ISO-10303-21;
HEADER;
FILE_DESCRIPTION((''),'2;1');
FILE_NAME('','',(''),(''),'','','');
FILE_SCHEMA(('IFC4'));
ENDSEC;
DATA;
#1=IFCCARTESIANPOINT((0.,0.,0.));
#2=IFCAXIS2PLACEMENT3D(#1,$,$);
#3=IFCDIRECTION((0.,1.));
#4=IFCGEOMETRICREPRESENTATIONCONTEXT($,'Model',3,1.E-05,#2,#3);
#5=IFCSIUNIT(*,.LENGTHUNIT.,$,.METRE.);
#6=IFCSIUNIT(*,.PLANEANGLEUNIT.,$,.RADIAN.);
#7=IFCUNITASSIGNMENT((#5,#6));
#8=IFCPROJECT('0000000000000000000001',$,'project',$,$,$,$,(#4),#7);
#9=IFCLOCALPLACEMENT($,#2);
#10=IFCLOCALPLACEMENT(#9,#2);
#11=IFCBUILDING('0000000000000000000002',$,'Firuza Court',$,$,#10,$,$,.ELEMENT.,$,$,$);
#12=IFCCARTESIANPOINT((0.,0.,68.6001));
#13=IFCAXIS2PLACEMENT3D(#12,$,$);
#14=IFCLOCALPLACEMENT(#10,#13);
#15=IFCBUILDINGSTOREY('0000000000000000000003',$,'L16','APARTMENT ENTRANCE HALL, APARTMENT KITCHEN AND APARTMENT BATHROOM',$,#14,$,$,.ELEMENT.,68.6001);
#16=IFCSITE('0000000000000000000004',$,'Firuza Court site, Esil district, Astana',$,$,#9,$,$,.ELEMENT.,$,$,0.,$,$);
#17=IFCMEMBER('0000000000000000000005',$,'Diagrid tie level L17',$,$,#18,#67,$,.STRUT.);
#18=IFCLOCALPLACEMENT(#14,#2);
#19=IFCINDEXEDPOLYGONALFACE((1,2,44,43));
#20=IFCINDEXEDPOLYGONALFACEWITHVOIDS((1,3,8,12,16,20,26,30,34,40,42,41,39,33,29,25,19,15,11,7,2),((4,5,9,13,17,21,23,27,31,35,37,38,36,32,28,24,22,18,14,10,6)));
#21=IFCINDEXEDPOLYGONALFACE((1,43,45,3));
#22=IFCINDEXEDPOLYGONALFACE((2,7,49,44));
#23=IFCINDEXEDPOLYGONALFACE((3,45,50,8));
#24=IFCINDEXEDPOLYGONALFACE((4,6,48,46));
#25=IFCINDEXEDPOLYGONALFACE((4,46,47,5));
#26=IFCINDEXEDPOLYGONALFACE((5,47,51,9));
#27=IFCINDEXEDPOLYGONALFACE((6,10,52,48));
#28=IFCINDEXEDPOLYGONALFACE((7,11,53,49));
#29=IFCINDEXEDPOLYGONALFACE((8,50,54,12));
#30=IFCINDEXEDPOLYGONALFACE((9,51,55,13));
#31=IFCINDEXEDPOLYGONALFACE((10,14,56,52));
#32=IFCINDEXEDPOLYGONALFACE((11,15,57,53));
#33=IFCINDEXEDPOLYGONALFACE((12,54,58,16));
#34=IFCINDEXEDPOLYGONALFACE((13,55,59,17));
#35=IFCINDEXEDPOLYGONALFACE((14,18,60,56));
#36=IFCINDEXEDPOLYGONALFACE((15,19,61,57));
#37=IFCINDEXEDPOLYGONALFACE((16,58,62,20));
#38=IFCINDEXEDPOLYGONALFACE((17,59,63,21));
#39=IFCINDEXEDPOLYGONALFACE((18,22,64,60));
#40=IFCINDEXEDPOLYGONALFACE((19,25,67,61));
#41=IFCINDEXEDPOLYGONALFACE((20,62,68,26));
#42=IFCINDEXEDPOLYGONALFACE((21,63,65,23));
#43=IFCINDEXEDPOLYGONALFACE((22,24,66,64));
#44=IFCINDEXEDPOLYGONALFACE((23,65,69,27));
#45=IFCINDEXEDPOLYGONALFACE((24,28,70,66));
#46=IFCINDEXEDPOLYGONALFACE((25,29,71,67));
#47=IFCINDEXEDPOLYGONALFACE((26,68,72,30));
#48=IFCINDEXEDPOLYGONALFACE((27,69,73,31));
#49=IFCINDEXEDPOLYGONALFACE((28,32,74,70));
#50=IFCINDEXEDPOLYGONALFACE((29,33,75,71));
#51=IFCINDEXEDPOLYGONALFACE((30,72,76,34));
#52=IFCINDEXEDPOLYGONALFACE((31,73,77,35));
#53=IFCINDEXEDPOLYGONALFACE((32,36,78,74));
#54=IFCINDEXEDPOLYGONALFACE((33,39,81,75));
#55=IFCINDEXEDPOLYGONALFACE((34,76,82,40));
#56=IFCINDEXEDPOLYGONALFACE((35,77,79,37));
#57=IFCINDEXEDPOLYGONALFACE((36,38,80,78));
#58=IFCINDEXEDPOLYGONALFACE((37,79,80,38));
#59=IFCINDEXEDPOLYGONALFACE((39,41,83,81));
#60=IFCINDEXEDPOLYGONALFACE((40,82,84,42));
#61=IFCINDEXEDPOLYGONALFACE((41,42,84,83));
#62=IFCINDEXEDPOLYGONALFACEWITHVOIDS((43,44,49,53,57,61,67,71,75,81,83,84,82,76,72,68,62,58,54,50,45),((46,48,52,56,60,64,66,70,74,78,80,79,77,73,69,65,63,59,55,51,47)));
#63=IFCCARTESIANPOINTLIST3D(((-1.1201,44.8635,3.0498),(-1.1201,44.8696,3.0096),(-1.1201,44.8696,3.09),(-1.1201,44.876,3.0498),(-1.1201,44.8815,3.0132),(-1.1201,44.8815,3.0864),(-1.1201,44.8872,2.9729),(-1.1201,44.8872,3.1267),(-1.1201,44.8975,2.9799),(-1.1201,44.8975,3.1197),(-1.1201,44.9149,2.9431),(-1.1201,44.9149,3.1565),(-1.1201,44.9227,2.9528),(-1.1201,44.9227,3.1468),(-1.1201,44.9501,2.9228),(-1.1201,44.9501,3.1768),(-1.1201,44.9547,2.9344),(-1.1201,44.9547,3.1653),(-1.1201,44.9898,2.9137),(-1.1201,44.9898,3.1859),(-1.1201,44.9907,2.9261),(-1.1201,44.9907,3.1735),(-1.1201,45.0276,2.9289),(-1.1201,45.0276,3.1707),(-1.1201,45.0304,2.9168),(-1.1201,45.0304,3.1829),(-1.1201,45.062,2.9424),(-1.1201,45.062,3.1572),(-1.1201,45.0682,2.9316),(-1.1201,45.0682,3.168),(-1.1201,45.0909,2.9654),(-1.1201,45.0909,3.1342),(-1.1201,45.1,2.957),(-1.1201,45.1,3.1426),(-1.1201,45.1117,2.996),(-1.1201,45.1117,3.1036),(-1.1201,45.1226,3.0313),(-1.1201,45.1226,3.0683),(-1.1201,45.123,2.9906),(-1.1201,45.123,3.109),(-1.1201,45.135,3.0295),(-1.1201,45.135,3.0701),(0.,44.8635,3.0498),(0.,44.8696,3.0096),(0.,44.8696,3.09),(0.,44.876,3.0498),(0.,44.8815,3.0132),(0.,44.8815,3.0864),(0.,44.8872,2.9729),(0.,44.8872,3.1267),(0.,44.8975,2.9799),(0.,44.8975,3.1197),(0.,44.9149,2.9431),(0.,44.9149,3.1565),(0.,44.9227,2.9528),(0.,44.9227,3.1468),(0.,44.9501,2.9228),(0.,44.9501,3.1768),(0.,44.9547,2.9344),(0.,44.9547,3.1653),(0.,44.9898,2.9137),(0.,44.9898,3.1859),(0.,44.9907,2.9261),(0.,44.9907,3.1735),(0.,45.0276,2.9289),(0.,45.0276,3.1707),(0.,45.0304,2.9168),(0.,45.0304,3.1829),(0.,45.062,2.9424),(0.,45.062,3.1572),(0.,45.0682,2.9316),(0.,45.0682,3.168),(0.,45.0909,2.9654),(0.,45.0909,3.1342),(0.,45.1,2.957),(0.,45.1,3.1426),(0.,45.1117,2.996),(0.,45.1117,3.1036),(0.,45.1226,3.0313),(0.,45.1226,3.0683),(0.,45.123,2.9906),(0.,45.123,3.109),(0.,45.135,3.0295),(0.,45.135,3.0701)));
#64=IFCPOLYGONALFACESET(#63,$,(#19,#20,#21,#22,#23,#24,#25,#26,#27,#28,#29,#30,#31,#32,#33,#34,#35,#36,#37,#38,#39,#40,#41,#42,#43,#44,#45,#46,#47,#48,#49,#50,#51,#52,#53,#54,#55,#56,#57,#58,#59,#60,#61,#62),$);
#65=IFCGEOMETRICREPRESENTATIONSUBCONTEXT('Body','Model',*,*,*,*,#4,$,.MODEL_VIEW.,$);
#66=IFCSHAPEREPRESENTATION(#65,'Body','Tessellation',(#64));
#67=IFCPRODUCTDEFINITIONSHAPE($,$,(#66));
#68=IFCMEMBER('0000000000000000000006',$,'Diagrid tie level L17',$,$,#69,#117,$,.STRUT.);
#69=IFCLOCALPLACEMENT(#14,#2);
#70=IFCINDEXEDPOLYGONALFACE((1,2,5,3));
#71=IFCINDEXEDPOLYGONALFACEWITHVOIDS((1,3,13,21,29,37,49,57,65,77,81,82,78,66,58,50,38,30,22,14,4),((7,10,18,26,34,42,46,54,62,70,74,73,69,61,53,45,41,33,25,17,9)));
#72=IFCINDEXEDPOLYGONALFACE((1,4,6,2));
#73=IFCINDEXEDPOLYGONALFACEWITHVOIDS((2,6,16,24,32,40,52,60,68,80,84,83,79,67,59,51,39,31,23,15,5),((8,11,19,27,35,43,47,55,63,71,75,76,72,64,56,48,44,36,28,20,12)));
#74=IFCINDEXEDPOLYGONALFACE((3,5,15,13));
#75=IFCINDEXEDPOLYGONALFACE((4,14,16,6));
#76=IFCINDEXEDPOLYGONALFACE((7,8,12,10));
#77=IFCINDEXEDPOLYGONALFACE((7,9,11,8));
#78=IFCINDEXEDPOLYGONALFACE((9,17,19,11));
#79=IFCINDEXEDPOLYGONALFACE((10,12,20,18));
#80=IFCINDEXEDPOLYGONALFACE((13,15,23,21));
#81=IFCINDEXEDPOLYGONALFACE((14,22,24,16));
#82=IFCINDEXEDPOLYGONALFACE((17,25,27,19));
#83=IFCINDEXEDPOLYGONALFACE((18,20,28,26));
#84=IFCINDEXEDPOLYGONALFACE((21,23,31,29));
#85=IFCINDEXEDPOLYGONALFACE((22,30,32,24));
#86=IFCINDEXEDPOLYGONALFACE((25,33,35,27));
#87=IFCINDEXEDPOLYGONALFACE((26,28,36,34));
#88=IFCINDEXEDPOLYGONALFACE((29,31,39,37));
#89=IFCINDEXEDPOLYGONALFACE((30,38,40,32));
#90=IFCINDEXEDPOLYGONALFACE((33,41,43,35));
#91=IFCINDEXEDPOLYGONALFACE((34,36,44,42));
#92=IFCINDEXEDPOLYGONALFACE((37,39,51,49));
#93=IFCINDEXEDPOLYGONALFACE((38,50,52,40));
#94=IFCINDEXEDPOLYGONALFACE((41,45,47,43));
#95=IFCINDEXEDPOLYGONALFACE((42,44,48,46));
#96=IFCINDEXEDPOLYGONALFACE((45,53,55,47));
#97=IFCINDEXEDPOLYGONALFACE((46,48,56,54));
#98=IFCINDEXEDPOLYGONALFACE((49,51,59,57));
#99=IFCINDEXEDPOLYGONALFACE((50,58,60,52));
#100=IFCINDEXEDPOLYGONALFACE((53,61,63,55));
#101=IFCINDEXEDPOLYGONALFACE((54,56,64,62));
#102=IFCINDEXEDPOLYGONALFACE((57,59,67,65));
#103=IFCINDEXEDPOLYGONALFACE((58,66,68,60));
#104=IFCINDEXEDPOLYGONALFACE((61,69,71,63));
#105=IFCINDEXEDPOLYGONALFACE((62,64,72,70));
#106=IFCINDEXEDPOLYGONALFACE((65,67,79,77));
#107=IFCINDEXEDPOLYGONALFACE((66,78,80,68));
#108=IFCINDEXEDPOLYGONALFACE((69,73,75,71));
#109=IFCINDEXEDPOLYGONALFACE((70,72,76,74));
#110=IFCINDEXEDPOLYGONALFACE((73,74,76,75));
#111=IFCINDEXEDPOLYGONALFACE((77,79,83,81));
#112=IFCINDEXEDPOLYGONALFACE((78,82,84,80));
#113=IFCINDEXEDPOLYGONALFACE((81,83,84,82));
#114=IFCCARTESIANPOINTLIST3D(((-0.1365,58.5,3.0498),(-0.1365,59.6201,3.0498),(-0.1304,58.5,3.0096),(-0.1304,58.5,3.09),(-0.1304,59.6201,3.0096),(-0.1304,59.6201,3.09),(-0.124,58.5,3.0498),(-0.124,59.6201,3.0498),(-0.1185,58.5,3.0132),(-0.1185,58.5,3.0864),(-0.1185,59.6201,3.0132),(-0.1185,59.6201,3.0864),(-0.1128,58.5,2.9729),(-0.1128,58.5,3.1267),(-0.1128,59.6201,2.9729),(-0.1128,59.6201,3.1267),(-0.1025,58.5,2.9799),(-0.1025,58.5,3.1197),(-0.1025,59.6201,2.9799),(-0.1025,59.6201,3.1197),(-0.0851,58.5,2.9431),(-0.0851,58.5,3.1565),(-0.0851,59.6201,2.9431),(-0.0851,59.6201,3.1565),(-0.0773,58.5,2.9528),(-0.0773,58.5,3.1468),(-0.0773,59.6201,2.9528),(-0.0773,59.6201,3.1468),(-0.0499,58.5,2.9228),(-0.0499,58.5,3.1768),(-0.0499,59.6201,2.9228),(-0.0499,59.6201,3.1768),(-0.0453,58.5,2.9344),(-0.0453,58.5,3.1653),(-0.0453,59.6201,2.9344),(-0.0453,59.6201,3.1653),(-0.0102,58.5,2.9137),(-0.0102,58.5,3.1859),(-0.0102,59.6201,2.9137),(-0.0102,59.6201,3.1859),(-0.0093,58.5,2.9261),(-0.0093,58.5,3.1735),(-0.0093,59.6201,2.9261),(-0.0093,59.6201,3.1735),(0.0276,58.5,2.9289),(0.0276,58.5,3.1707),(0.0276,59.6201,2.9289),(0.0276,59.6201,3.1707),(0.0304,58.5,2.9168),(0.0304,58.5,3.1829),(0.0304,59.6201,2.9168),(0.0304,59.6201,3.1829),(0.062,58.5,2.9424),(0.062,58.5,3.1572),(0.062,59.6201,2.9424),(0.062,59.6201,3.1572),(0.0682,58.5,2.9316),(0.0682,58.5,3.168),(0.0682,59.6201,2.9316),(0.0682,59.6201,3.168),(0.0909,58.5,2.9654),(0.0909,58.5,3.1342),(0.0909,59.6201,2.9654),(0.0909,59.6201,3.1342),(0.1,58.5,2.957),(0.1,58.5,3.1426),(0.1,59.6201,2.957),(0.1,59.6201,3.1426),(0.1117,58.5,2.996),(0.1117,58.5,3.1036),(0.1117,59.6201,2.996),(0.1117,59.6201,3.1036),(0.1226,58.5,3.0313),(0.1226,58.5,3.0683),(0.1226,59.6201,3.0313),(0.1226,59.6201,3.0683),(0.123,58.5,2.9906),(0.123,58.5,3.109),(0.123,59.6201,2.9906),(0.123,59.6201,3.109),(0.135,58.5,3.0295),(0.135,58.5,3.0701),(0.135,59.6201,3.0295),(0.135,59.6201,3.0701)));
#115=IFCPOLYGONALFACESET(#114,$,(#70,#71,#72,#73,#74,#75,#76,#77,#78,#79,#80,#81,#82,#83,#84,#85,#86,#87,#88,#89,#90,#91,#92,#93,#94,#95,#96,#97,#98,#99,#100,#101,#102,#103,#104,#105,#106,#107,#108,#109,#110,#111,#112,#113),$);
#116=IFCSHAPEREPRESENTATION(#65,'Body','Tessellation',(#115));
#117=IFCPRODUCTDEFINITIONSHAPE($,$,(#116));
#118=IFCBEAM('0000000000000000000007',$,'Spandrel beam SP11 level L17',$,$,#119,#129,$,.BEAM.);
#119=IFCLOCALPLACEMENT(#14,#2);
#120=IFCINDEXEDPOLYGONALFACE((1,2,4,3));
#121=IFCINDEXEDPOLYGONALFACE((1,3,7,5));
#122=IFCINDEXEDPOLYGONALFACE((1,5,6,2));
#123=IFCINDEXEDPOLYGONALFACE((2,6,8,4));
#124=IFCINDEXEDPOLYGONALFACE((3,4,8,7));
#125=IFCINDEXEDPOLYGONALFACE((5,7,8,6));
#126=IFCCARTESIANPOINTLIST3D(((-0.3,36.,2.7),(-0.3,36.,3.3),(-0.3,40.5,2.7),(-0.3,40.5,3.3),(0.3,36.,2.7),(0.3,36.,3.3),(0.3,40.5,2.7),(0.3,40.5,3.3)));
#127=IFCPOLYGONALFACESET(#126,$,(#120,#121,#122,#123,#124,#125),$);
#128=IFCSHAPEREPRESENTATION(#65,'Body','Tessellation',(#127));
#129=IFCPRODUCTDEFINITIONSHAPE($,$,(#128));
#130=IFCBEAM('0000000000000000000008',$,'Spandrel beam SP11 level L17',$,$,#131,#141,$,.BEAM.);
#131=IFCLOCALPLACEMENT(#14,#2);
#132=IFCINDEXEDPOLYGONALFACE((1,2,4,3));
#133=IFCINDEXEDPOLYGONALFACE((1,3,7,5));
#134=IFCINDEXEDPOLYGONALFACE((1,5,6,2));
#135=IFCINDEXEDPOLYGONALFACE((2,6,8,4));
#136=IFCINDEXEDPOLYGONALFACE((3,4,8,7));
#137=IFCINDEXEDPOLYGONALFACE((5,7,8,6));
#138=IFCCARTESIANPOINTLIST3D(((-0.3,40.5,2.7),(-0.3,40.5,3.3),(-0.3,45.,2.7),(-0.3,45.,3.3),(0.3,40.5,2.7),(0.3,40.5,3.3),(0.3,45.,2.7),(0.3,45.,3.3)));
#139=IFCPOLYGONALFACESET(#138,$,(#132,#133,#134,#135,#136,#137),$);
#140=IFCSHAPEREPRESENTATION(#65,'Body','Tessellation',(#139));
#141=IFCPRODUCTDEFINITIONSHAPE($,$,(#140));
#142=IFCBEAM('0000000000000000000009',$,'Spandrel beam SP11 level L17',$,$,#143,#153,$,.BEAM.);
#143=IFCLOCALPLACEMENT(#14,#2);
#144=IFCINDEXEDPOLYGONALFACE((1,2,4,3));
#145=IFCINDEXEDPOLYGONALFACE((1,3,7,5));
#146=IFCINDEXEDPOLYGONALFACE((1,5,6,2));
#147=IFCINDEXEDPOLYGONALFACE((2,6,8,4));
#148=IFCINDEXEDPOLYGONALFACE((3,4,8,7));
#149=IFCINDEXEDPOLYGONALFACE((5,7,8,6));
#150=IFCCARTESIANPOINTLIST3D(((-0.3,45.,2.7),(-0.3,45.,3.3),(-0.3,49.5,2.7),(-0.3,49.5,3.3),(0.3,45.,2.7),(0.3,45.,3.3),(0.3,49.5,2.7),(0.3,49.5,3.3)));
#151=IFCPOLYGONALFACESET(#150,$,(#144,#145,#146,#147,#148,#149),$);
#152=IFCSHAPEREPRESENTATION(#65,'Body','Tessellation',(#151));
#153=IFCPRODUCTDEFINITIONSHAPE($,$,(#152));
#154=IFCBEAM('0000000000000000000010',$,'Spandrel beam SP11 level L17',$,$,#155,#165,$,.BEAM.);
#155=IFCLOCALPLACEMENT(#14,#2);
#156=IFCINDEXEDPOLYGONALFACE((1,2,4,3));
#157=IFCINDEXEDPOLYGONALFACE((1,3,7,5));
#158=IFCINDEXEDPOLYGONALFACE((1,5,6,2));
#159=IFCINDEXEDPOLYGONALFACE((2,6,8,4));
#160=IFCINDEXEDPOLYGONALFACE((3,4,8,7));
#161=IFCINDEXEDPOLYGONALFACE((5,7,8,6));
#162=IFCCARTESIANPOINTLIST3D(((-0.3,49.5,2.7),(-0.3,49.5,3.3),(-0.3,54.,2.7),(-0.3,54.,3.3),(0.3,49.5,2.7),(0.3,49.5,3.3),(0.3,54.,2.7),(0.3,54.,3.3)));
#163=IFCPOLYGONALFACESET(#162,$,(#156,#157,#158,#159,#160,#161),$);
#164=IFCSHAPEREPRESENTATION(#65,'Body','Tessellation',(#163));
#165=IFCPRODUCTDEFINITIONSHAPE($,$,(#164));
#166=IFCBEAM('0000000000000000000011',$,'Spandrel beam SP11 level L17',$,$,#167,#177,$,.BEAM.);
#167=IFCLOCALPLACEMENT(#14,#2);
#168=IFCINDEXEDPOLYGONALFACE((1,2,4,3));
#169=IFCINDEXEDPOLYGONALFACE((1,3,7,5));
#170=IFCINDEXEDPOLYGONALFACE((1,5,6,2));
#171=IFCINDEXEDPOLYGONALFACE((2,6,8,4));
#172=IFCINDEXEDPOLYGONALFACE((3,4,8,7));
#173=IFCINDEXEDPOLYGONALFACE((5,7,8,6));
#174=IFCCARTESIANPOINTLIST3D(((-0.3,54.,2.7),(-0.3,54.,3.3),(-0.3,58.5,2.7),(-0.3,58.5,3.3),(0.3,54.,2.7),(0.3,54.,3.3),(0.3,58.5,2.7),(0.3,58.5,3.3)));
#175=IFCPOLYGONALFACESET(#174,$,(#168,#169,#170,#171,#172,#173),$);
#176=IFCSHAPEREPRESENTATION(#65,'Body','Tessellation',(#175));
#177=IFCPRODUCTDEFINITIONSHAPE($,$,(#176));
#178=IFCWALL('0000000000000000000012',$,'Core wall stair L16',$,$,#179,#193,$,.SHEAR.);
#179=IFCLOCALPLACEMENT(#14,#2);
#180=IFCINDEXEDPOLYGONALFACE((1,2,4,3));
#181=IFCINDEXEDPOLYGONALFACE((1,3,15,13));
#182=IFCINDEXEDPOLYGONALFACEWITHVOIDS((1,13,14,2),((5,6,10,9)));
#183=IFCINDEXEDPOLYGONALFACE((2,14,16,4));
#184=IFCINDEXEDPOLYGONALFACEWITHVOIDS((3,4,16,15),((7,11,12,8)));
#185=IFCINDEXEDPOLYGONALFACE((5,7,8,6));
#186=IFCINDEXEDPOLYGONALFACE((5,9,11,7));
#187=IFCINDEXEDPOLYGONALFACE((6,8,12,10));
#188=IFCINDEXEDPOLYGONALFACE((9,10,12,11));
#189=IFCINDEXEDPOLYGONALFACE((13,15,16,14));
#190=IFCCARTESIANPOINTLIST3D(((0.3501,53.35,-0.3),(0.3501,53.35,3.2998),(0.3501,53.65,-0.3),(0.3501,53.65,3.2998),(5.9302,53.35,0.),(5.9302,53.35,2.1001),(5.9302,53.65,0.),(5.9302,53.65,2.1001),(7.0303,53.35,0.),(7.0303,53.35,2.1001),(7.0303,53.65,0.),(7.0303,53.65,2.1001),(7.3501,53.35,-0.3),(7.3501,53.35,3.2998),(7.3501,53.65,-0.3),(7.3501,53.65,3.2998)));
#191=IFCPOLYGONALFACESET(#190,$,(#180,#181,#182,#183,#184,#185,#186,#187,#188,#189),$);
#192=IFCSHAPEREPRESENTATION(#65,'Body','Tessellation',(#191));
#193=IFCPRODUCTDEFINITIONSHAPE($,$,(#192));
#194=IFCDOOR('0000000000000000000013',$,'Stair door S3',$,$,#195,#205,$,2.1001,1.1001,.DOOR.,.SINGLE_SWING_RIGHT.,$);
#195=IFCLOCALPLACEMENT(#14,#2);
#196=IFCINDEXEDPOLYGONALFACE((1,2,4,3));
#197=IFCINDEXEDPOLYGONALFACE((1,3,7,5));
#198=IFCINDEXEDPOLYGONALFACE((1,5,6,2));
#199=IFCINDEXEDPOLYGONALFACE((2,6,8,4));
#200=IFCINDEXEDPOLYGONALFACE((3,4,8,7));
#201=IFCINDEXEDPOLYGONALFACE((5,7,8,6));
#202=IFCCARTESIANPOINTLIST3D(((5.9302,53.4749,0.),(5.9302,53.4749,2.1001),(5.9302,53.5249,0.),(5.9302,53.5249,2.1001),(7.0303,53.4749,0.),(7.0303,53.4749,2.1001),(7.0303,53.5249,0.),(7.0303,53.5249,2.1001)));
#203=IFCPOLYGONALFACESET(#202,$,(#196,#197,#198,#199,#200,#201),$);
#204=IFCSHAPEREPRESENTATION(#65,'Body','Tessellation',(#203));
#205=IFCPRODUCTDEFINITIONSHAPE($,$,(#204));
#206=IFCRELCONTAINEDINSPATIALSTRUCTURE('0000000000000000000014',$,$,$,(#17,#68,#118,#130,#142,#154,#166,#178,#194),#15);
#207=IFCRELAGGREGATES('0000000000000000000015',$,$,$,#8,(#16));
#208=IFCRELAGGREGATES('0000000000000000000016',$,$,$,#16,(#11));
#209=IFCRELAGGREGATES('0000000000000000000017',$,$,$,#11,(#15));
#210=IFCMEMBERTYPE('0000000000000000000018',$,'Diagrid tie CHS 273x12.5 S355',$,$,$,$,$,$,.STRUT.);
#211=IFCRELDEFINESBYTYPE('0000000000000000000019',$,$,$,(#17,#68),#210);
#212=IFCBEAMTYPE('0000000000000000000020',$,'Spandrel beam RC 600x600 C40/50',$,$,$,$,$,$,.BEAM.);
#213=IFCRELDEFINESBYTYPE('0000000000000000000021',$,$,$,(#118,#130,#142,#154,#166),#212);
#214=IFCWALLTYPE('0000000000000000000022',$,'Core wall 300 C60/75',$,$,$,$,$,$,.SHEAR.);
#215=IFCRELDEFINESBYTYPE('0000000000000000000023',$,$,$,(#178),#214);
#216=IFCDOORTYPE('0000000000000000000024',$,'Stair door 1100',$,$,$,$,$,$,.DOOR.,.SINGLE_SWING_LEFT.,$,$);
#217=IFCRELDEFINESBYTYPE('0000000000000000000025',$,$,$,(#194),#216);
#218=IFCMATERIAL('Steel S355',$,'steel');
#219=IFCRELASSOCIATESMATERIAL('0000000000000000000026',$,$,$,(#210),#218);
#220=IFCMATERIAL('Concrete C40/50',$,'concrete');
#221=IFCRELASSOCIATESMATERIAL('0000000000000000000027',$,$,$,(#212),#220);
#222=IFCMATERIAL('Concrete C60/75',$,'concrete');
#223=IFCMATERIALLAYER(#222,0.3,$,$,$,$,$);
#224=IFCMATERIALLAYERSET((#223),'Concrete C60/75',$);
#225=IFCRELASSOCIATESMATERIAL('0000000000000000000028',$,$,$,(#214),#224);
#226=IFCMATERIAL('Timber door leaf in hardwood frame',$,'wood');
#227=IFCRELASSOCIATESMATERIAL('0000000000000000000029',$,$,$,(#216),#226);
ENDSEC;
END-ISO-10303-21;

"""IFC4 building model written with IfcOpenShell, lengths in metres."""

from ifc_helpers import new_model, si_unit, direction, frame, frame_2d, origin, origin_2d, place, context, subcontext, project, spatial, rectangle, hollow_circle, extrude, material, layer, layer_set, material_profile, profile_set, type_object, element, fill, save


model = new_model("IFC4")

# Units and contexts
model_context = context("Model", 3, precision=1e-05, world=origin(), true_north=direction((0.0, 1.0)))
body_context = subcontext(model_context, "Body", "Model", "MODEL_VIEW")
ifc_project = project(units=[si_unit("LENGTHUNIT", "METRE"), si_unit("PLANEANGLEUNIT", "RADIAN")], contexts=[model_context])

# Site, building, storey
site_placement = place(None, origin())
site = spatial("IfcSite", under=ifc_project, at=site_placement, Name="Firuza Court site, Esil district, Astana", CompositionType="ELEMENT", RefElevation=0.0)
building_placement = place(site_placement, origin())
building = spatial("IfcBuilding", under=site, at=building_placement, Name="Firuza Court", CompositionType="ELEMENT")
storey_placement = place(building_placement, frame((0.0, 0.0, 68.6001)))
storey = spatial("IfcBuildingStorey", under=building, at=storey_placement, Name="L16", Description="APARTMENT ENTRANCE HALL, APARTMENT KITCHEN AND APARTMENT BATHROOM", CompositionType="ELEMENT", Elevation=68.6001)

# Members
ifc_material_1 = material(Name="Steel S355", Category="steel")
ifc_material_profile_1 = material_profile(ifc_material_1, hollow_circle(Radius=0.1365, WallThickness=0.0125, at=origin_2d()), Name="CHS 273x12.5")
ifc_profile_set_1 = profile_set([ifc_material_profile_1], Name="Steel S355")
member_type_1 = type_object("IfcMemberType", Name="Diagrid tie CHS 273x12.5 S355", PredefinedType="STRUT", material=ifc_profile_set_1)
for number, where, z_axis, x_axis, name in (
    (1, (0.0, 45.0, 3.0498), (-1.0, 0.0, 0.0), (0.0, -1.0, 0.0), "Diagrid tie level L17"),
    (2, (0.0, 58.5, 3.0498), (0.0, 1.0, 0.0), (-1.0, 0.0, 0.0), "Diagrid tie level L17"),
):
    element("IfcMember", number, at=place(storey_placement, frame(where, z_axis=z_axis, x_axis=x_axis)), inside=storey, type_object=member_type_1, Name=name, PredefinedType="STRUT", context=body_context, shape_type="SweptSolid", body=[
        extrude(hollow_circle(Radius=0.1365, WallThickness=0.0125, at=origin_2d()), origin(), (0.0, 0.0, 1.0), 1.1201),
    ])

# Beams
ifc_material_2 = material(Name="Concrete C40/50", Category="concrete")
ifc_material_profile_2 = material_profile(ifc_material_2, rectangle(XDim=0.6001, YDim=0.6001, at=origin_2d()), Name="RC 600x600")
ifc_profile_set_2 = profile_set([ifc_material_profile_2], Name="Concrete C40/50")
beam_type = type_object("IfcBeamType", Name="Spandrel beam RC 600x600 C40/50", PredefinedType="BEAM", material=ifc_profile_set_2)
for number, where, z_axis, x_axis, name in (
    (3, (0.0, 40.5, 3.0), (0.0, -1.0, 0.0), (1.0, 0.0, 0.0), "Spandrel beam SP11 level L17"),
    (4, (0.0, 45.0, 3.0), (0.0, -1.0, 0.0), (1.0, 0.0, 0.0), "Spandrel beam SP11 level L17"),
    (5, (0.0, 49.5, 3.0), (0.0, -1.0, 0.0), (1.0, 0.0, 0.0), "Spandrel beam SP11 level L17"),
    (6, (0.0, 54.0, 3.0), (0.0, -1.0, 0.0), (1.0, 0.0, 0.0), "Spandrel beam SP11 level L17"),
    (7, (0.0, 58.5, 3.0), (0.0, -1.0, 0.0), (1.0, 0.0, 0.0), "Spandrel beam SP11 level L17"),
):
    element("IfcBeam", number, at=place(storey_placement, frame(where, z_axis=z_axis, x_axis=x_axis)), inside=storey, type_object=beam_type, Name=name, PredefinedType="BEAM", context=body_context, shape_type="SweptSolid", body=[
        extrude(rectangle(XDim=0.6001, YDim=0.6001, at=origin_2d()), origin(), (0.0, 0.0, 1.0), 4.5),
    ])

# Wall, opening, door
ifc_material_3 = material(Name="Concrete C60/75", Category="concrete")
ifc_layer_1 = layer(ifc_material_3, 0.3)
ifc_layer_set_1 = layer_set([ifc_layer_1], Name="Concrete C60/75")
wall_type_1 = type_object("IfcWallType", Name="Core wall 300 C60/75", PredefinedType="SHEAR", material=ifc_layer_set_1)
wall_1_placement = place(storey_placement, frame((0.3501, 53.5, -0.3), z_axis=(0.0, 0.0, 1.0), x_axis=(1.0, 0.0, 0.0)))
wall_1 = element("IfcWall", 8, at=wall_1_placement, inside=storey, type_object=wall_type_1, Name="Core wall stair L16", PredefinedType="SHEAR", context=body_context, shape_type="SweptSolid", body=[
    extrude(rectangle(XDim=7.0, YDim=0.3, at=frame_2d((3.5, 0.0))), origin(), (0.0, 0.0, 1.0), 3.5999),
])
opening_1_placement = place(wall_1_placement, frame((5.5801, 0.0, 0.3)))
opening_1 = element("IfcOpeningElement", 9, at=opening_1_placement, cuts=wall_1, PredefinedType="OPENING", context=body_context, shape_type="SweptSolid", body=[
    extrude(rectangle(XDim=1.1001, YDim=2.1001, at=frame_2d((0.55, 1.05))), frame((0.0, 0.1621, 0.0), z_axis=(0.0, -1.0, 0.0), x_axis=(1.0, 0.0, 0.0)), (0.0, 0.0, 1.0), 0.324),
])
ifc_material_4 = material(Name="Timber door leaf in hardwood frame", Category="wood")
door_type = type_object("IfcDoorType", Name="Stair door 1100", OperationType="SINGLE_SWING_LEFT", PredefinedType="DOOR", material=ifc_material_4)
door_placement = place(opening_1_placement, origin())
door = element("IfcDoor", 10, at=door_placement, inside=storey, type_object=door_type, Name="Stair door S3", OperationType="SINGLE_SWING_RIGHT", OverallHeight=2.1001, OverallWidth=1.1001, PredefinedType="DOOR", context=body_context, shape_type="SweptSolid", body=[
    extrude(rectangle(XDim=1.1001, YDim=2.1001, at=frame_2d((0.55, 1.05))), frame((0.0, 0.0249, 0.0), z_axis=(0.0, -1.0, 0.0), x_axis=(1.0, 0.0, 0.0)), (0.0, 0.0, 1.0), 0.05),
])
fill(opening_1, door)

save(model, "model.ifc")
